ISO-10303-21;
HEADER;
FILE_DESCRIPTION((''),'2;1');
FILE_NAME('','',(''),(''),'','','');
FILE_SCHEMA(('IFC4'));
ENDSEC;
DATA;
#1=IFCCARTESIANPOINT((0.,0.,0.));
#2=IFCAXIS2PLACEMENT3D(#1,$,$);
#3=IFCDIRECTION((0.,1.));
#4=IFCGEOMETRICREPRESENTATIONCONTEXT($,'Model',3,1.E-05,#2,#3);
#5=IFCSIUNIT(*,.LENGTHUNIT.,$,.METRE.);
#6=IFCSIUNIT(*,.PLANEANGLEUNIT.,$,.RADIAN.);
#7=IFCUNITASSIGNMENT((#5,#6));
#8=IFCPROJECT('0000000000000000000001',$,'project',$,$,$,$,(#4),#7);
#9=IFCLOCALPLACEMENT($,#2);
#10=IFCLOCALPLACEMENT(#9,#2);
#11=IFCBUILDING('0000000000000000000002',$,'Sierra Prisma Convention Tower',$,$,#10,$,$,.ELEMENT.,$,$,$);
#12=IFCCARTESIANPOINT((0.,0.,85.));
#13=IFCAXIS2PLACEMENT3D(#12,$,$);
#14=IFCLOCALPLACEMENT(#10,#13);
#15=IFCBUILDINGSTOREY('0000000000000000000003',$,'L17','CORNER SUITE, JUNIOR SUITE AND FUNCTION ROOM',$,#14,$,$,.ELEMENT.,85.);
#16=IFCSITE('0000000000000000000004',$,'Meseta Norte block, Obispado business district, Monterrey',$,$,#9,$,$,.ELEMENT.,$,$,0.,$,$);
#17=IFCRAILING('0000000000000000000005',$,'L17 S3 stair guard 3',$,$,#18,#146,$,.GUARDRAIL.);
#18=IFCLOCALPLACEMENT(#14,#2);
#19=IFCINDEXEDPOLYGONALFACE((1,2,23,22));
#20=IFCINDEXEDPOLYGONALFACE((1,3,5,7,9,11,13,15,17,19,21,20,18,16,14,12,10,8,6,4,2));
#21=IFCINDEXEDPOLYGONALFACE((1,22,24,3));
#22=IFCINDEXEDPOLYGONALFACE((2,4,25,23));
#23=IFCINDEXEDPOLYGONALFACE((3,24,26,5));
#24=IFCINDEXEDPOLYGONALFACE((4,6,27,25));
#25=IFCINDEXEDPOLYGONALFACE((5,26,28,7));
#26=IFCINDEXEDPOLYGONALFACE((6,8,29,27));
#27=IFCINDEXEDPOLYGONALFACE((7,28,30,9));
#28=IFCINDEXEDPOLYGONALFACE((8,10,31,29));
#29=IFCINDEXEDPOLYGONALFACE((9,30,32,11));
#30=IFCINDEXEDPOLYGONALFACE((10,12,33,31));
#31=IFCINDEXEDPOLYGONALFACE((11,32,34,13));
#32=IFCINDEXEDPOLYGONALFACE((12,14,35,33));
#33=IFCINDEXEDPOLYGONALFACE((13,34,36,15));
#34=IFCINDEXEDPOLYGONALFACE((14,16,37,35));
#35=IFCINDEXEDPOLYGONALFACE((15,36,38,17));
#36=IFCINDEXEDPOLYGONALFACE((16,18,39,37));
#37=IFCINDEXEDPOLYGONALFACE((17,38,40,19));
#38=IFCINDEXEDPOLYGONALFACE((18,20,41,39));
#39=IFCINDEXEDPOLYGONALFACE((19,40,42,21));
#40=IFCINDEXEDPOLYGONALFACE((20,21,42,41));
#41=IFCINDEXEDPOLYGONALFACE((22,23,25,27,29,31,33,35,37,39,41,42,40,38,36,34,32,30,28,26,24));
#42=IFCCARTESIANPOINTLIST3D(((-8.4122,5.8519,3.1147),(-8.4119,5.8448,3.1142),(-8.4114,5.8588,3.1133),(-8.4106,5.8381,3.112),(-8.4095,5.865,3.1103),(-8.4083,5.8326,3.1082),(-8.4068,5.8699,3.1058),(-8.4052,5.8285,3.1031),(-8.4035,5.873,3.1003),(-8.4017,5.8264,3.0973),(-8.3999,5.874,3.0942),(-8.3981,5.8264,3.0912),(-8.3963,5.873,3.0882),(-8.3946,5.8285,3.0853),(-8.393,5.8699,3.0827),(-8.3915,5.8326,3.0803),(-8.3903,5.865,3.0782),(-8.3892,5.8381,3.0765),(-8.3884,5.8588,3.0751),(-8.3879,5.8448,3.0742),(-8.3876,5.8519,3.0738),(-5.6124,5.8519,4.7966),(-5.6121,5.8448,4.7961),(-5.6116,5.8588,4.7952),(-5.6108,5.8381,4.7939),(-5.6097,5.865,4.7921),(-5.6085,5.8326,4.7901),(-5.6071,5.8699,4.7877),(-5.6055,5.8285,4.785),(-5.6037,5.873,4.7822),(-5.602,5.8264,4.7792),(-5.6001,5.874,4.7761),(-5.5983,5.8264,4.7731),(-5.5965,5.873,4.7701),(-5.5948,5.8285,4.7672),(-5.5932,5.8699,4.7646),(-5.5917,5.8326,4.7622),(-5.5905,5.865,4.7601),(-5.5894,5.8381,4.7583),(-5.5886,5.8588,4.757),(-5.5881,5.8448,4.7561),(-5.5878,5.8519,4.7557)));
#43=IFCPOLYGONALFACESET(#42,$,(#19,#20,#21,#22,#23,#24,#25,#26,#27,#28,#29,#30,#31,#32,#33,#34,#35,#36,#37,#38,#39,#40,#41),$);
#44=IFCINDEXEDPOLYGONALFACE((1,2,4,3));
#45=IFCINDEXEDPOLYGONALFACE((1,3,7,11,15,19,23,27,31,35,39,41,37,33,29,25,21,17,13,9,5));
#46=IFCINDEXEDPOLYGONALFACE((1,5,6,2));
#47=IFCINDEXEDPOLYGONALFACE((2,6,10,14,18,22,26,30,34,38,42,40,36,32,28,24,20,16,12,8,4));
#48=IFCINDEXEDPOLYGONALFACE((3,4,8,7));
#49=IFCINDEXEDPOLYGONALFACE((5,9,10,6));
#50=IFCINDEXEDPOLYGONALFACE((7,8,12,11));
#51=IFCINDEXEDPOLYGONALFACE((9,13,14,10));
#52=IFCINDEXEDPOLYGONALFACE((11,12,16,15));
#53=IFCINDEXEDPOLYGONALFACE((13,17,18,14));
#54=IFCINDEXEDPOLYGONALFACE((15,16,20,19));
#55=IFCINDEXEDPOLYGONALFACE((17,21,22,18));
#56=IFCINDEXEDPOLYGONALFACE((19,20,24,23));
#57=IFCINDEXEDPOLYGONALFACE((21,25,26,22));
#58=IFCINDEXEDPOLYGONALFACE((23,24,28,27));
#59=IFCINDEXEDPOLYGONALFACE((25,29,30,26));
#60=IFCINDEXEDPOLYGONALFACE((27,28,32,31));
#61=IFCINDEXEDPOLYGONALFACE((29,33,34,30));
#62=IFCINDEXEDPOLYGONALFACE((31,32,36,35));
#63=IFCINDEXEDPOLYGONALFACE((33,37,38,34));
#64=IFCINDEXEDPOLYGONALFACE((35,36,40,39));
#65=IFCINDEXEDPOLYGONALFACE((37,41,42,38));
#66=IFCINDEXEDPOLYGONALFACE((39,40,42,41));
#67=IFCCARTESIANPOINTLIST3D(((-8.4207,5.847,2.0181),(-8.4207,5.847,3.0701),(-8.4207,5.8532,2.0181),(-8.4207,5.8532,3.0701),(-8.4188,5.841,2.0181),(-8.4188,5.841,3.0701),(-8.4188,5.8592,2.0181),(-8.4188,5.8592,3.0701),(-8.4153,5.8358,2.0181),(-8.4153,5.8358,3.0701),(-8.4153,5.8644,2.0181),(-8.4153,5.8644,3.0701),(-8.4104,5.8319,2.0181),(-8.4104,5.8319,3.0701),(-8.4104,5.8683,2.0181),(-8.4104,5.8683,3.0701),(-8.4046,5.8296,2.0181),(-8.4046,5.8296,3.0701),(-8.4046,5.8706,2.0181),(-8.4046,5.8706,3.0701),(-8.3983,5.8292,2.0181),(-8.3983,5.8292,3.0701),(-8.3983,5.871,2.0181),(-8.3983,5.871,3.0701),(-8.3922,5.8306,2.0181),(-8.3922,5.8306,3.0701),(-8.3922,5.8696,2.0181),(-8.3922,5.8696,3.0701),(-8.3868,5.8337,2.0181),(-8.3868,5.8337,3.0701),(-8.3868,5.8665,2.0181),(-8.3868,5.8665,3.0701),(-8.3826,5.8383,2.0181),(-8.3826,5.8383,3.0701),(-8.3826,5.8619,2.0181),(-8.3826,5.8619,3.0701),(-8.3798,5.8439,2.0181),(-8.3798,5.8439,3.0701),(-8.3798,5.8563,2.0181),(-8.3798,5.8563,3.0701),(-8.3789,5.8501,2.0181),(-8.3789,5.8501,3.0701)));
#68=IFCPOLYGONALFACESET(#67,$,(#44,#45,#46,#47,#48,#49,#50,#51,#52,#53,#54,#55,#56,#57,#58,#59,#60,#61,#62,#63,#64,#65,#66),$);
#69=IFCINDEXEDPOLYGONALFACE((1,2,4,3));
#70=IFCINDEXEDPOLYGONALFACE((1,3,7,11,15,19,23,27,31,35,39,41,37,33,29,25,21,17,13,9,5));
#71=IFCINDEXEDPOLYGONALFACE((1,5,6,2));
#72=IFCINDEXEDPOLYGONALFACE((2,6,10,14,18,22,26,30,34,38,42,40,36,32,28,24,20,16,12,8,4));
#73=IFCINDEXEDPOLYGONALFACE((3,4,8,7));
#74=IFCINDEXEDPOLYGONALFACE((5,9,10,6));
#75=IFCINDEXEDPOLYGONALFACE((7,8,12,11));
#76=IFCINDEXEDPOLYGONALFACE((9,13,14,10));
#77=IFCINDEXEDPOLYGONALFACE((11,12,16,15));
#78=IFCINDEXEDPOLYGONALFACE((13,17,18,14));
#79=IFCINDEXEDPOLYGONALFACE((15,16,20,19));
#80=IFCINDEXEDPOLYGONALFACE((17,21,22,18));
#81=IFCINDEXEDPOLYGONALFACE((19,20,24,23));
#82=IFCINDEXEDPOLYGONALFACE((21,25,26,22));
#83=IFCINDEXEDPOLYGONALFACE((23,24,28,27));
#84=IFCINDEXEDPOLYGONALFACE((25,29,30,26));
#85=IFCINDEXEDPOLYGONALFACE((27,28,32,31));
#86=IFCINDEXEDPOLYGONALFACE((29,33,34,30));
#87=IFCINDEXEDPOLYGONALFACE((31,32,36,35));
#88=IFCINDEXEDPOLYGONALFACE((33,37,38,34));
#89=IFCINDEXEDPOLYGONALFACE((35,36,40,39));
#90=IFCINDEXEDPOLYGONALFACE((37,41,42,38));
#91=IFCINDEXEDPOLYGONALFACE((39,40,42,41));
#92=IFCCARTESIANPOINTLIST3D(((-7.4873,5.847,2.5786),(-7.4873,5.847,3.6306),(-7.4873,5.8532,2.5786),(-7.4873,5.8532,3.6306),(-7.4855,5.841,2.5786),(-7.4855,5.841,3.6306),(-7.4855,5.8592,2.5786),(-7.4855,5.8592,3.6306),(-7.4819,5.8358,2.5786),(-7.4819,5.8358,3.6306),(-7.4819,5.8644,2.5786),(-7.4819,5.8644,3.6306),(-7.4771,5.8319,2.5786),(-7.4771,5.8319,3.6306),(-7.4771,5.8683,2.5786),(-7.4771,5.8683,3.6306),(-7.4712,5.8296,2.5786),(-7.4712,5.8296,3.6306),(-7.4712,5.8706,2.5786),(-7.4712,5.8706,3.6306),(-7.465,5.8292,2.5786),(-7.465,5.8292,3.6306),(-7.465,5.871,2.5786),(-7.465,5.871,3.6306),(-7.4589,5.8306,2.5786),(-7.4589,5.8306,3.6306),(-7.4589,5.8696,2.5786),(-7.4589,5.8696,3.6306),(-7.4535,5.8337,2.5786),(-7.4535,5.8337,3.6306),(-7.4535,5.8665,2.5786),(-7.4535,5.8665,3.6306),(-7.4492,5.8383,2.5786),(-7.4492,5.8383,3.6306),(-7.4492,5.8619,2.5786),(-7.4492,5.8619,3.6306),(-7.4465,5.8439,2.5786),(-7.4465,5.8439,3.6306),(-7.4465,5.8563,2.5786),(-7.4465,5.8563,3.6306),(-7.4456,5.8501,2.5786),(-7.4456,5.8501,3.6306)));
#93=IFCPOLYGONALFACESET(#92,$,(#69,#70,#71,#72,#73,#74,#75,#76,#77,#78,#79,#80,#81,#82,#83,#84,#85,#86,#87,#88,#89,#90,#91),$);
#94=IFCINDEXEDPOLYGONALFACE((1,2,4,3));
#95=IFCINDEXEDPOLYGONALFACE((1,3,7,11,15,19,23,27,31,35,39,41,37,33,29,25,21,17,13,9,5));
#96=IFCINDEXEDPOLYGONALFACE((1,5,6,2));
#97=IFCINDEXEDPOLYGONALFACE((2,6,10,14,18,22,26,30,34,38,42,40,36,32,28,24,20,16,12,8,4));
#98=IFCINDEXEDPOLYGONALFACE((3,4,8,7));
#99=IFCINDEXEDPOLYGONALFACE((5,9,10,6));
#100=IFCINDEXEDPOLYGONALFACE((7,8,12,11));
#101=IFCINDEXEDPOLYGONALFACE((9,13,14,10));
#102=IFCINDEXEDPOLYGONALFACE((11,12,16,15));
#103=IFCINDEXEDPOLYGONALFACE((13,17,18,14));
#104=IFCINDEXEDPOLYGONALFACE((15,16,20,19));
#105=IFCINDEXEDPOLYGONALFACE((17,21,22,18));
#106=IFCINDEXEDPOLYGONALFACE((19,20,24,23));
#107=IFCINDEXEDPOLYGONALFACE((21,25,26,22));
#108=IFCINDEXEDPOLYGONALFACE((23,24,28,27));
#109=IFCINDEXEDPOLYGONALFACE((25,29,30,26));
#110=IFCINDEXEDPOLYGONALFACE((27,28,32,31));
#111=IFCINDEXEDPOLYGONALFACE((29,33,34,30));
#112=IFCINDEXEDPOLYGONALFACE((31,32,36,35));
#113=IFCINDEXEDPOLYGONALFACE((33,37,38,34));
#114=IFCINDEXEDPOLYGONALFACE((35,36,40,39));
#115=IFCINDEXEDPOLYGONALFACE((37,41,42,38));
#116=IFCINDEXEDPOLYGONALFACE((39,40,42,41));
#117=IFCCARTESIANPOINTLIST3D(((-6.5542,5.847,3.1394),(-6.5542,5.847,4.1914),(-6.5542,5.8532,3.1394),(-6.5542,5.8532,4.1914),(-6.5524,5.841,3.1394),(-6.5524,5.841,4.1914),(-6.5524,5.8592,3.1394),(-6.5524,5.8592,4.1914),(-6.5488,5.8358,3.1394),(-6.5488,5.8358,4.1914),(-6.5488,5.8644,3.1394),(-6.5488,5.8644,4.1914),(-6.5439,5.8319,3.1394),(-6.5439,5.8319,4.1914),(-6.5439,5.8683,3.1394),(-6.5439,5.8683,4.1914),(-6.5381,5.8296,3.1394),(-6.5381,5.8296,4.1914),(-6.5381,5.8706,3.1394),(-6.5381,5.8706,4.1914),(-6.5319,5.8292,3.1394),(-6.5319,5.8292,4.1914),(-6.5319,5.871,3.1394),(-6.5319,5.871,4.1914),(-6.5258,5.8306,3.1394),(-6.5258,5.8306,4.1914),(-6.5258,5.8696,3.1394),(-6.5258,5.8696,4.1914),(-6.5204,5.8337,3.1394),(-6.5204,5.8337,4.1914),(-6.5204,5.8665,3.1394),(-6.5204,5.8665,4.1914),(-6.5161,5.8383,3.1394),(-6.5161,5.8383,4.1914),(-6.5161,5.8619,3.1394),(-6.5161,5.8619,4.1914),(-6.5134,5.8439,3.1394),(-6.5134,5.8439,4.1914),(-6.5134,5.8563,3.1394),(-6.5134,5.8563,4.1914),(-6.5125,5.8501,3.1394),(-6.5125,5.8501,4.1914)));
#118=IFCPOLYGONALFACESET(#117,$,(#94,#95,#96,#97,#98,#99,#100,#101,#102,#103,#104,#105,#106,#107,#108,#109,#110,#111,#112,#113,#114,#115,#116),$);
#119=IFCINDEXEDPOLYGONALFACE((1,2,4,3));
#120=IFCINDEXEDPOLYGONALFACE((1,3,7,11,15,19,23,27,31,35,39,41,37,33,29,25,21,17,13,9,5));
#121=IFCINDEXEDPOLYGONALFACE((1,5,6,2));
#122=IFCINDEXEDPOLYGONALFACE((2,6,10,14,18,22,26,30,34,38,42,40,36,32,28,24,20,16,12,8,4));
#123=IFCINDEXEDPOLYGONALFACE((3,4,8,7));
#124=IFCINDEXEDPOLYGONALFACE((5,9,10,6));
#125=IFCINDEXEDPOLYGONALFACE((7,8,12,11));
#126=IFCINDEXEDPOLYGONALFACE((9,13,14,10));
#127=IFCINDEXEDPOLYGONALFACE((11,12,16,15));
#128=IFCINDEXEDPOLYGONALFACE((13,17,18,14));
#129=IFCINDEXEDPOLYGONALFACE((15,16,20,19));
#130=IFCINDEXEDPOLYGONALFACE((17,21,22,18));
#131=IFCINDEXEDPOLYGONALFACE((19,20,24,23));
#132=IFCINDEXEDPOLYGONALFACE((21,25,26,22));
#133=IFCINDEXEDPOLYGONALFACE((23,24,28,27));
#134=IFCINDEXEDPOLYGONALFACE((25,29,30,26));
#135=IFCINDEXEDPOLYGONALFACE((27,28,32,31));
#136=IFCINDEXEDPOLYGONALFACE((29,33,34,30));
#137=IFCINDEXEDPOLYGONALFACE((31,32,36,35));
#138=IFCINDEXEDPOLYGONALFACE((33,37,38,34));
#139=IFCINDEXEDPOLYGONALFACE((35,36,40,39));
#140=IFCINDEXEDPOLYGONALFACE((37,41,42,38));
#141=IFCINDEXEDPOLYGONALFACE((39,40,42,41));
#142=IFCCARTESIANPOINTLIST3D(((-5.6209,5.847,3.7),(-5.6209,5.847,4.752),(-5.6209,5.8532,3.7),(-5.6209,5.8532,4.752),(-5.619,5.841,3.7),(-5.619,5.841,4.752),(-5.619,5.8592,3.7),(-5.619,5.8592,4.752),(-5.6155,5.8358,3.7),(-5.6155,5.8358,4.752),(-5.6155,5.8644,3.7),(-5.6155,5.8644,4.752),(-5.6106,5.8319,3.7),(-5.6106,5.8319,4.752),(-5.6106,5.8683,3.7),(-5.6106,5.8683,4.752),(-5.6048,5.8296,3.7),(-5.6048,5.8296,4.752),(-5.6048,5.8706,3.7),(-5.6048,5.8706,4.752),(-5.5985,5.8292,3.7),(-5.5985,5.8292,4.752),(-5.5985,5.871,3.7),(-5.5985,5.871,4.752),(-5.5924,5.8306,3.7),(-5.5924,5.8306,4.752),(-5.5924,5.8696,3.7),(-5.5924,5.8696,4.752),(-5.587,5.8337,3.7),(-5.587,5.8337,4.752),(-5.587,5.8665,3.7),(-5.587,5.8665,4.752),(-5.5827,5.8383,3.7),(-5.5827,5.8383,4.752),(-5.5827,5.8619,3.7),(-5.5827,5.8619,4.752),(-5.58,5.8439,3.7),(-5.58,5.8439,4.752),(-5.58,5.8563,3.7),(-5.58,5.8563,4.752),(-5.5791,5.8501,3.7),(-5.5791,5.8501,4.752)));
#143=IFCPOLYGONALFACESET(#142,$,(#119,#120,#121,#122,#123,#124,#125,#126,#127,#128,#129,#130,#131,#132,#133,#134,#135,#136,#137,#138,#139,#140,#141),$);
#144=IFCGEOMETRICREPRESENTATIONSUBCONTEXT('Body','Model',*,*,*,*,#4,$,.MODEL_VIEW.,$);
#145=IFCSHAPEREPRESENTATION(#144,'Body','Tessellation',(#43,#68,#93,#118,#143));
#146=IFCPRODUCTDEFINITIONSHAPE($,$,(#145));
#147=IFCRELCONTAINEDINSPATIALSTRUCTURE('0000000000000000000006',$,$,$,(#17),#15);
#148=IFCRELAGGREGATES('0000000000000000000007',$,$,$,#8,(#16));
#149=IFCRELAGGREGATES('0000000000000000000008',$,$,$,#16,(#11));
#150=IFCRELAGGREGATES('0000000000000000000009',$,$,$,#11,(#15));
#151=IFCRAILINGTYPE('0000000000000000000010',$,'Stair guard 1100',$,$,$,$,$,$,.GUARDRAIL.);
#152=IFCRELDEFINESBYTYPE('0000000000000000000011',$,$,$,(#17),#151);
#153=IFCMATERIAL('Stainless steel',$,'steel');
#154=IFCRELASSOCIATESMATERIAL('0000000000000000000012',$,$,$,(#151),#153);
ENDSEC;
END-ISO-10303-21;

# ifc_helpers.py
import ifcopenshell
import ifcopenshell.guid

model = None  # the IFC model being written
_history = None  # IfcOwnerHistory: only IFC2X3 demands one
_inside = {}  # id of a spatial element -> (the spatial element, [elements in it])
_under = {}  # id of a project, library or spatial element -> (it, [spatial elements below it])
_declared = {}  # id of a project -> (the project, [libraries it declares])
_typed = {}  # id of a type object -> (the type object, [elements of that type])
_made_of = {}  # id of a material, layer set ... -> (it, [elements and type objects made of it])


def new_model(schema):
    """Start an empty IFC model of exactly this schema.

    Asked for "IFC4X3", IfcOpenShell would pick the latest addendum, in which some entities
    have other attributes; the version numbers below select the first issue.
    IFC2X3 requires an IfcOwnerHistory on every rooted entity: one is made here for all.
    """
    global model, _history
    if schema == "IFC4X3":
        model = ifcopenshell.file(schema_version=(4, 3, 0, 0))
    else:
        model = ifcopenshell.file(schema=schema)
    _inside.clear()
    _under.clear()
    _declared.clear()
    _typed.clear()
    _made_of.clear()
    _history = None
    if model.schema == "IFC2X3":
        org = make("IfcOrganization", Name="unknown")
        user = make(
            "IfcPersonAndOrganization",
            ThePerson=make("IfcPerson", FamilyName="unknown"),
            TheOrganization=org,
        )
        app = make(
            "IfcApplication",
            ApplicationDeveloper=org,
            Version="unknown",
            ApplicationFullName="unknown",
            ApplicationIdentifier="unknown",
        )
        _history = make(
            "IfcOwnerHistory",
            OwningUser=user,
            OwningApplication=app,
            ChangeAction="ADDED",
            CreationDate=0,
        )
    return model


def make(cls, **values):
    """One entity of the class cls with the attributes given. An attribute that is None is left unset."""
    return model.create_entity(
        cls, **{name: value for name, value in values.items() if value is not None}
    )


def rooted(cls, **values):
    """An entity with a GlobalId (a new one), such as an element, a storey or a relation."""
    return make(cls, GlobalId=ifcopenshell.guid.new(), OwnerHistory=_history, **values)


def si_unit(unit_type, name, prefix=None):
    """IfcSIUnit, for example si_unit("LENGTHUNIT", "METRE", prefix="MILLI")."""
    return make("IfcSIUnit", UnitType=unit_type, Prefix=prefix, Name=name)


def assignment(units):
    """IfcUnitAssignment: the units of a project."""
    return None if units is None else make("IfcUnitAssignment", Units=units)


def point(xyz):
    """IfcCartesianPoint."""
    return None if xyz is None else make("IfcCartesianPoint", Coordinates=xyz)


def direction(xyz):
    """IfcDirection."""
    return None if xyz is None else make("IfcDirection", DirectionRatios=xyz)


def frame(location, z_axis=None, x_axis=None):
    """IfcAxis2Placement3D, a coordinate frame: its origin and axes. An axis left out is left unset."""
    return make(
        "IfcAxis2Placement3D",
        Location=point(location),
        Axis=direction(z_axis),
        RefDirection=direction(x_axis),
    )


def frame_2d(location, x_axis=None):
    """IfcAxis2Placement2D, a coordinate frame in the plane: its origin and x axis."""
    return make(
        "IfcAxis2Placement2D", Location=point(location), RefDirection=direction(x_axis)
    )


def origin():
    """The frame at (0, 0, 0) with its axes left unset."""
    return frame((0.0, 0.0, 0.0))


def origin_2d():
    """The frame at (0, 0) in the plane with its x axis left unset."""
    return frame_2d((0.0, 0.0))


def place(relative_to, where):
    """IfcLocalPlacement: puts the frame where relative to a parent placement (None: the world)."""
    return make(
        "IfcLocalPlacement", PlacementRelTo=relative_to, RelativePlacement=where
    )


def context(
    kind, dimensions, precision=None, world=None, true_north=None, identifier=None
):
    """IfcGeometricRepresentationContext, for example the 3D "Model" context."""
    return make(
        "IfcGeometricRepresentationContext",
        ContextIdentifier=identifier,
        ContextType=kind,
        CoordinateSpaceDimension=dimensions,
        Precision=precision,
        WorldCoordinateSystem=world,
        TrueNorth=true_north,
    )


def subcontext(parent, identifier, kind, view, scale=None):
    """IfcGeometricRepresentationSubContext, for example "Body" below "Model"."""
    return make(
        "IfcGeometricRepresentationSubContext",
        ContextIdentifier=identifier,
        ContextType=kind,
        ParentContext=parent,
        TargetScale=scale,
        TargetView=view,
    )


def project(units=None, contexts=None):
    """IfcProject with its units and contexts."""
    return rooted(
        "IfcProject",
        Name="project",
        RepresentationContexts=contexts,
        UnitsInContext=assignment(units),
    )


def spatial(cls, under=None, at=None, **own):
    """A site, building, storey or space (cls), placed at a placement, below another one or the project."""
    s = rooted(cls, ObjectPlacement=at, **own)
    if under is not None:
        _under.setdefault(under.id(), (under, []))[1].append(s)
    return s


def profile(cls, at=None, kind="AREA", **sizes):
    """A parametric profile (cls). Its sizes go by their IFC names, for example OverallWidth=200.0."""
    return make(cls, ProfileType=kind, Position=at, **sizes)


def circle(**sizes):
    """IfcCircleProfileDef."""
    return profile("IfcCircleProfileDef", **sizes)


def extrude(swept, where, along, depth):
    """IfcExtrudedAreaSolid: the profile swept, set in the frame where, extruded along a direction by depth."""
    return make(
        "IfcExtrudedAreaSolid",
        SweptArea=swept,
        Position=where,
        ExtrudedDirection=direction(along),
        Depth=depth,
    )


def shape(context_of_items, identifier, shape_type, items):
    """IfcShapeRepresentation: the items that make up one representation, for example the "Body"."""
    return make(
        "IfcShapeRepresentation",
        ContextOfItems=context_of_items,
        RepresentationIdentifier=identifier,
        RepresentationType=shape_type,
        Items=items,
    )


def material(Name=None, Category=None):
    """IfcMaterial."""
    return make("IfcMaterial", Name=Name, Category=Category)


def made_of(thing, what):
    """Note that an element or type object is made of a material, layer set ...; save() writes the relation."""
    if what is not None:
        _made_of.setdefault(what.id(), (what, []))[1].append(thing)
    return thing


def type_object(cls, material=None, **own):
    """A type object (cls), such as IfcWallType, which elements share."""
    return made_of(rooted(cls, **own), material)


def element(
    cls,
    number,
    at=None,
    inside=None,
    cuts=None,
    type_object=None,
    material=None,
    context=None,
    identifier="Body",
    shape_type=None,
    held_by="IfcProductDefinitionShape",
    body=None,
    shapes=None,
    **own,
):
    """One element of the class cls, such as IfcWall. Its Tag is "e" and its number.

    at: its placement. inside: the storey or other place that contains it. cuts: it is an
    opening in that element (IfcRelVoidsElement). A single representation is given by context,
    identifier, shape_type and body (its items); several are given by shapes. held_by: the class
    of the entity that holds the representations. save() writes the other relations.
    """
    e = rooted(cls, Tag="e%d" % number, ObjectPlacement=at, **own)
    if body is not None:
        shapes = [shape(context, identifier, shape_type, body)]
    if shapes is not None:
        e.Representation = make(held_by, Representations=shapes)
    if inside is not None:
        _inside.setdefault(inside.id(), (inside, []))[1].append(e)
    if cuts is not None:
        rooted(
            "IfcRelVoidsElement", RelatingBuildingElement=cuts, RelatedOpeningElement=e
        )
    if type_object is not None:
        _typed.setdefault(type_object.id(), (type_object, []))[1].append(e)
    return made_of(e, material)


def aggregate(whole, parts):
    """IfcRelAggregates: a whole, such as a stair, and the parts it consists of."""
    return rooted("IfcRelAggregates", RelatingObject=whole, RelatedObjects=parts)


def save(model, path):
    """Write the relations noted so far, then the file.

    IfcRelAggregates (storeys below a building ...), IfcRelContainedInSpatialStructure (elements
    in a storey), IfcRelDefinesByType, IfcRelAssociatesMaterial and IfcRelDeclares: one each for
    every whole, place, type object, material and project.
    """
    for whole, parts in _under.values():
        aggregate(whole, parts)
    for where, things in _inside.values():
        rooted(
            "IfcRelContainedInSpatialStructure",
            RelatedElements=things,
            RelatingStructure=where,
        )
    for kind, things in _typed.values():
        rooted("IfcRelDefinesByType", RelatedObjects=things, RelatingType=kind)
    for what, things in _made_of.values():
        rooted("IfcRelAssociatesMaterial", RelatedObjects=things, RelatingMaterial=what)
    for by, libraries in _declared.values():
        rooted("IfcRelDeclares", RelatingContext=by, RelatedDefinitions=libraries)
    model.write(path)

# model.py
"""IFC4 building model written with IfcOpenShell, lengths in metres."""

from ifc_helpers import new_model, si_unit, direction, frame, origin, origin_2d, place, context, subcontext, project, spatial, circle, extrude, material, type_object, element, save


model = new_model("IFC4")

# Units and contexts
model_context = context("Model", 3, precision=1e-05, world=origin(), true_north=direction((0.0, 1.0)))
body_context = subcontext(model_context, "Body", "Model", "MODEL_VIEW")
ifc_project = project(units=[si_unit("LENGTHUNIT", "METRE"), si_unit("PLANEANGLEUNIT", "RADIAN")], contexts=[model_context])

# Site, building, storey
site_placement = place(None, origin())
site = spatial("IfcSite", under=ifc_project, at=site_placement, Name="Meseta Norte block, Obispado business district, Monterrey", CompositionType="ELEMENT", RefElevation=0.0)
building_placement = place(site_placement, origin())
building = spatial("IfcBuilding", under=site, at=building_placement, Name="Sierra Prisma Convention Tower", CompositionType="ELEMENT")
storey_placement = place(building_placement, frame((0.0, 0.0, 85.0)))
storey = spatial("IfcBuildingStorey", under=building, at=storey_placement, Name="L17", Description="CORNER SUITE, JUNIOR SUITE AND FUNCTION ROOM", CompositionType="ELEMENT", Elevation=85.0)

# Railing
ifc_material_1 = material(Name="Stainless steel", Category="steel")
railing_type_1 = type_object("IfcRailingType", Name="Stair guard 1100", PredefinedType="GUARDRAIL", material=ifc_material_1)
railing_1_placement = place(storey_placement, frame((-8.3999, 5.8501, 2.0181)))
element("IfcRailing", 1, at=railing_1_placement, inside=storey, type_object=railing_type_1, Name="L17 S3 stair guard 3", PredefinedType="GUARDRAIL", context=body_context, shape_type="SweptSolid", body=[
    extrude(circle(Radius=0.0239, at=origin_2d()), frame((0.0, 0.0, 1.0762), z_axis=(0.857222, 0.0, 0.514946), x_axis=(0.0, 1.0, 0.0)), (0.0, 0.0, 1.0), 3.2661),
    extrude(circle(Radius=0.021, at=origin_2d()), origin(), (0.0, 0.0, 1.0), 1.052),
    extrude(circle(Radius=0.021, at=origin_2d()), frame((0.9333, 0.0, 0.5605)), (0.0, 0.0, 1.0), 1.052),
    extrude(circle(Radius=0.021, at=origin_2d()), frame((1.8665, 0.0, 1.1213)), (0.0, 0.0, 1.0), 1.052),
    extrude(circle(Radius=0.021, at=origin_2d()), frame((2.7998, 0.0, 1.6819)), (0.0, 0.0, 1.0), 1.052),
])

save(model, "model.ifc")
